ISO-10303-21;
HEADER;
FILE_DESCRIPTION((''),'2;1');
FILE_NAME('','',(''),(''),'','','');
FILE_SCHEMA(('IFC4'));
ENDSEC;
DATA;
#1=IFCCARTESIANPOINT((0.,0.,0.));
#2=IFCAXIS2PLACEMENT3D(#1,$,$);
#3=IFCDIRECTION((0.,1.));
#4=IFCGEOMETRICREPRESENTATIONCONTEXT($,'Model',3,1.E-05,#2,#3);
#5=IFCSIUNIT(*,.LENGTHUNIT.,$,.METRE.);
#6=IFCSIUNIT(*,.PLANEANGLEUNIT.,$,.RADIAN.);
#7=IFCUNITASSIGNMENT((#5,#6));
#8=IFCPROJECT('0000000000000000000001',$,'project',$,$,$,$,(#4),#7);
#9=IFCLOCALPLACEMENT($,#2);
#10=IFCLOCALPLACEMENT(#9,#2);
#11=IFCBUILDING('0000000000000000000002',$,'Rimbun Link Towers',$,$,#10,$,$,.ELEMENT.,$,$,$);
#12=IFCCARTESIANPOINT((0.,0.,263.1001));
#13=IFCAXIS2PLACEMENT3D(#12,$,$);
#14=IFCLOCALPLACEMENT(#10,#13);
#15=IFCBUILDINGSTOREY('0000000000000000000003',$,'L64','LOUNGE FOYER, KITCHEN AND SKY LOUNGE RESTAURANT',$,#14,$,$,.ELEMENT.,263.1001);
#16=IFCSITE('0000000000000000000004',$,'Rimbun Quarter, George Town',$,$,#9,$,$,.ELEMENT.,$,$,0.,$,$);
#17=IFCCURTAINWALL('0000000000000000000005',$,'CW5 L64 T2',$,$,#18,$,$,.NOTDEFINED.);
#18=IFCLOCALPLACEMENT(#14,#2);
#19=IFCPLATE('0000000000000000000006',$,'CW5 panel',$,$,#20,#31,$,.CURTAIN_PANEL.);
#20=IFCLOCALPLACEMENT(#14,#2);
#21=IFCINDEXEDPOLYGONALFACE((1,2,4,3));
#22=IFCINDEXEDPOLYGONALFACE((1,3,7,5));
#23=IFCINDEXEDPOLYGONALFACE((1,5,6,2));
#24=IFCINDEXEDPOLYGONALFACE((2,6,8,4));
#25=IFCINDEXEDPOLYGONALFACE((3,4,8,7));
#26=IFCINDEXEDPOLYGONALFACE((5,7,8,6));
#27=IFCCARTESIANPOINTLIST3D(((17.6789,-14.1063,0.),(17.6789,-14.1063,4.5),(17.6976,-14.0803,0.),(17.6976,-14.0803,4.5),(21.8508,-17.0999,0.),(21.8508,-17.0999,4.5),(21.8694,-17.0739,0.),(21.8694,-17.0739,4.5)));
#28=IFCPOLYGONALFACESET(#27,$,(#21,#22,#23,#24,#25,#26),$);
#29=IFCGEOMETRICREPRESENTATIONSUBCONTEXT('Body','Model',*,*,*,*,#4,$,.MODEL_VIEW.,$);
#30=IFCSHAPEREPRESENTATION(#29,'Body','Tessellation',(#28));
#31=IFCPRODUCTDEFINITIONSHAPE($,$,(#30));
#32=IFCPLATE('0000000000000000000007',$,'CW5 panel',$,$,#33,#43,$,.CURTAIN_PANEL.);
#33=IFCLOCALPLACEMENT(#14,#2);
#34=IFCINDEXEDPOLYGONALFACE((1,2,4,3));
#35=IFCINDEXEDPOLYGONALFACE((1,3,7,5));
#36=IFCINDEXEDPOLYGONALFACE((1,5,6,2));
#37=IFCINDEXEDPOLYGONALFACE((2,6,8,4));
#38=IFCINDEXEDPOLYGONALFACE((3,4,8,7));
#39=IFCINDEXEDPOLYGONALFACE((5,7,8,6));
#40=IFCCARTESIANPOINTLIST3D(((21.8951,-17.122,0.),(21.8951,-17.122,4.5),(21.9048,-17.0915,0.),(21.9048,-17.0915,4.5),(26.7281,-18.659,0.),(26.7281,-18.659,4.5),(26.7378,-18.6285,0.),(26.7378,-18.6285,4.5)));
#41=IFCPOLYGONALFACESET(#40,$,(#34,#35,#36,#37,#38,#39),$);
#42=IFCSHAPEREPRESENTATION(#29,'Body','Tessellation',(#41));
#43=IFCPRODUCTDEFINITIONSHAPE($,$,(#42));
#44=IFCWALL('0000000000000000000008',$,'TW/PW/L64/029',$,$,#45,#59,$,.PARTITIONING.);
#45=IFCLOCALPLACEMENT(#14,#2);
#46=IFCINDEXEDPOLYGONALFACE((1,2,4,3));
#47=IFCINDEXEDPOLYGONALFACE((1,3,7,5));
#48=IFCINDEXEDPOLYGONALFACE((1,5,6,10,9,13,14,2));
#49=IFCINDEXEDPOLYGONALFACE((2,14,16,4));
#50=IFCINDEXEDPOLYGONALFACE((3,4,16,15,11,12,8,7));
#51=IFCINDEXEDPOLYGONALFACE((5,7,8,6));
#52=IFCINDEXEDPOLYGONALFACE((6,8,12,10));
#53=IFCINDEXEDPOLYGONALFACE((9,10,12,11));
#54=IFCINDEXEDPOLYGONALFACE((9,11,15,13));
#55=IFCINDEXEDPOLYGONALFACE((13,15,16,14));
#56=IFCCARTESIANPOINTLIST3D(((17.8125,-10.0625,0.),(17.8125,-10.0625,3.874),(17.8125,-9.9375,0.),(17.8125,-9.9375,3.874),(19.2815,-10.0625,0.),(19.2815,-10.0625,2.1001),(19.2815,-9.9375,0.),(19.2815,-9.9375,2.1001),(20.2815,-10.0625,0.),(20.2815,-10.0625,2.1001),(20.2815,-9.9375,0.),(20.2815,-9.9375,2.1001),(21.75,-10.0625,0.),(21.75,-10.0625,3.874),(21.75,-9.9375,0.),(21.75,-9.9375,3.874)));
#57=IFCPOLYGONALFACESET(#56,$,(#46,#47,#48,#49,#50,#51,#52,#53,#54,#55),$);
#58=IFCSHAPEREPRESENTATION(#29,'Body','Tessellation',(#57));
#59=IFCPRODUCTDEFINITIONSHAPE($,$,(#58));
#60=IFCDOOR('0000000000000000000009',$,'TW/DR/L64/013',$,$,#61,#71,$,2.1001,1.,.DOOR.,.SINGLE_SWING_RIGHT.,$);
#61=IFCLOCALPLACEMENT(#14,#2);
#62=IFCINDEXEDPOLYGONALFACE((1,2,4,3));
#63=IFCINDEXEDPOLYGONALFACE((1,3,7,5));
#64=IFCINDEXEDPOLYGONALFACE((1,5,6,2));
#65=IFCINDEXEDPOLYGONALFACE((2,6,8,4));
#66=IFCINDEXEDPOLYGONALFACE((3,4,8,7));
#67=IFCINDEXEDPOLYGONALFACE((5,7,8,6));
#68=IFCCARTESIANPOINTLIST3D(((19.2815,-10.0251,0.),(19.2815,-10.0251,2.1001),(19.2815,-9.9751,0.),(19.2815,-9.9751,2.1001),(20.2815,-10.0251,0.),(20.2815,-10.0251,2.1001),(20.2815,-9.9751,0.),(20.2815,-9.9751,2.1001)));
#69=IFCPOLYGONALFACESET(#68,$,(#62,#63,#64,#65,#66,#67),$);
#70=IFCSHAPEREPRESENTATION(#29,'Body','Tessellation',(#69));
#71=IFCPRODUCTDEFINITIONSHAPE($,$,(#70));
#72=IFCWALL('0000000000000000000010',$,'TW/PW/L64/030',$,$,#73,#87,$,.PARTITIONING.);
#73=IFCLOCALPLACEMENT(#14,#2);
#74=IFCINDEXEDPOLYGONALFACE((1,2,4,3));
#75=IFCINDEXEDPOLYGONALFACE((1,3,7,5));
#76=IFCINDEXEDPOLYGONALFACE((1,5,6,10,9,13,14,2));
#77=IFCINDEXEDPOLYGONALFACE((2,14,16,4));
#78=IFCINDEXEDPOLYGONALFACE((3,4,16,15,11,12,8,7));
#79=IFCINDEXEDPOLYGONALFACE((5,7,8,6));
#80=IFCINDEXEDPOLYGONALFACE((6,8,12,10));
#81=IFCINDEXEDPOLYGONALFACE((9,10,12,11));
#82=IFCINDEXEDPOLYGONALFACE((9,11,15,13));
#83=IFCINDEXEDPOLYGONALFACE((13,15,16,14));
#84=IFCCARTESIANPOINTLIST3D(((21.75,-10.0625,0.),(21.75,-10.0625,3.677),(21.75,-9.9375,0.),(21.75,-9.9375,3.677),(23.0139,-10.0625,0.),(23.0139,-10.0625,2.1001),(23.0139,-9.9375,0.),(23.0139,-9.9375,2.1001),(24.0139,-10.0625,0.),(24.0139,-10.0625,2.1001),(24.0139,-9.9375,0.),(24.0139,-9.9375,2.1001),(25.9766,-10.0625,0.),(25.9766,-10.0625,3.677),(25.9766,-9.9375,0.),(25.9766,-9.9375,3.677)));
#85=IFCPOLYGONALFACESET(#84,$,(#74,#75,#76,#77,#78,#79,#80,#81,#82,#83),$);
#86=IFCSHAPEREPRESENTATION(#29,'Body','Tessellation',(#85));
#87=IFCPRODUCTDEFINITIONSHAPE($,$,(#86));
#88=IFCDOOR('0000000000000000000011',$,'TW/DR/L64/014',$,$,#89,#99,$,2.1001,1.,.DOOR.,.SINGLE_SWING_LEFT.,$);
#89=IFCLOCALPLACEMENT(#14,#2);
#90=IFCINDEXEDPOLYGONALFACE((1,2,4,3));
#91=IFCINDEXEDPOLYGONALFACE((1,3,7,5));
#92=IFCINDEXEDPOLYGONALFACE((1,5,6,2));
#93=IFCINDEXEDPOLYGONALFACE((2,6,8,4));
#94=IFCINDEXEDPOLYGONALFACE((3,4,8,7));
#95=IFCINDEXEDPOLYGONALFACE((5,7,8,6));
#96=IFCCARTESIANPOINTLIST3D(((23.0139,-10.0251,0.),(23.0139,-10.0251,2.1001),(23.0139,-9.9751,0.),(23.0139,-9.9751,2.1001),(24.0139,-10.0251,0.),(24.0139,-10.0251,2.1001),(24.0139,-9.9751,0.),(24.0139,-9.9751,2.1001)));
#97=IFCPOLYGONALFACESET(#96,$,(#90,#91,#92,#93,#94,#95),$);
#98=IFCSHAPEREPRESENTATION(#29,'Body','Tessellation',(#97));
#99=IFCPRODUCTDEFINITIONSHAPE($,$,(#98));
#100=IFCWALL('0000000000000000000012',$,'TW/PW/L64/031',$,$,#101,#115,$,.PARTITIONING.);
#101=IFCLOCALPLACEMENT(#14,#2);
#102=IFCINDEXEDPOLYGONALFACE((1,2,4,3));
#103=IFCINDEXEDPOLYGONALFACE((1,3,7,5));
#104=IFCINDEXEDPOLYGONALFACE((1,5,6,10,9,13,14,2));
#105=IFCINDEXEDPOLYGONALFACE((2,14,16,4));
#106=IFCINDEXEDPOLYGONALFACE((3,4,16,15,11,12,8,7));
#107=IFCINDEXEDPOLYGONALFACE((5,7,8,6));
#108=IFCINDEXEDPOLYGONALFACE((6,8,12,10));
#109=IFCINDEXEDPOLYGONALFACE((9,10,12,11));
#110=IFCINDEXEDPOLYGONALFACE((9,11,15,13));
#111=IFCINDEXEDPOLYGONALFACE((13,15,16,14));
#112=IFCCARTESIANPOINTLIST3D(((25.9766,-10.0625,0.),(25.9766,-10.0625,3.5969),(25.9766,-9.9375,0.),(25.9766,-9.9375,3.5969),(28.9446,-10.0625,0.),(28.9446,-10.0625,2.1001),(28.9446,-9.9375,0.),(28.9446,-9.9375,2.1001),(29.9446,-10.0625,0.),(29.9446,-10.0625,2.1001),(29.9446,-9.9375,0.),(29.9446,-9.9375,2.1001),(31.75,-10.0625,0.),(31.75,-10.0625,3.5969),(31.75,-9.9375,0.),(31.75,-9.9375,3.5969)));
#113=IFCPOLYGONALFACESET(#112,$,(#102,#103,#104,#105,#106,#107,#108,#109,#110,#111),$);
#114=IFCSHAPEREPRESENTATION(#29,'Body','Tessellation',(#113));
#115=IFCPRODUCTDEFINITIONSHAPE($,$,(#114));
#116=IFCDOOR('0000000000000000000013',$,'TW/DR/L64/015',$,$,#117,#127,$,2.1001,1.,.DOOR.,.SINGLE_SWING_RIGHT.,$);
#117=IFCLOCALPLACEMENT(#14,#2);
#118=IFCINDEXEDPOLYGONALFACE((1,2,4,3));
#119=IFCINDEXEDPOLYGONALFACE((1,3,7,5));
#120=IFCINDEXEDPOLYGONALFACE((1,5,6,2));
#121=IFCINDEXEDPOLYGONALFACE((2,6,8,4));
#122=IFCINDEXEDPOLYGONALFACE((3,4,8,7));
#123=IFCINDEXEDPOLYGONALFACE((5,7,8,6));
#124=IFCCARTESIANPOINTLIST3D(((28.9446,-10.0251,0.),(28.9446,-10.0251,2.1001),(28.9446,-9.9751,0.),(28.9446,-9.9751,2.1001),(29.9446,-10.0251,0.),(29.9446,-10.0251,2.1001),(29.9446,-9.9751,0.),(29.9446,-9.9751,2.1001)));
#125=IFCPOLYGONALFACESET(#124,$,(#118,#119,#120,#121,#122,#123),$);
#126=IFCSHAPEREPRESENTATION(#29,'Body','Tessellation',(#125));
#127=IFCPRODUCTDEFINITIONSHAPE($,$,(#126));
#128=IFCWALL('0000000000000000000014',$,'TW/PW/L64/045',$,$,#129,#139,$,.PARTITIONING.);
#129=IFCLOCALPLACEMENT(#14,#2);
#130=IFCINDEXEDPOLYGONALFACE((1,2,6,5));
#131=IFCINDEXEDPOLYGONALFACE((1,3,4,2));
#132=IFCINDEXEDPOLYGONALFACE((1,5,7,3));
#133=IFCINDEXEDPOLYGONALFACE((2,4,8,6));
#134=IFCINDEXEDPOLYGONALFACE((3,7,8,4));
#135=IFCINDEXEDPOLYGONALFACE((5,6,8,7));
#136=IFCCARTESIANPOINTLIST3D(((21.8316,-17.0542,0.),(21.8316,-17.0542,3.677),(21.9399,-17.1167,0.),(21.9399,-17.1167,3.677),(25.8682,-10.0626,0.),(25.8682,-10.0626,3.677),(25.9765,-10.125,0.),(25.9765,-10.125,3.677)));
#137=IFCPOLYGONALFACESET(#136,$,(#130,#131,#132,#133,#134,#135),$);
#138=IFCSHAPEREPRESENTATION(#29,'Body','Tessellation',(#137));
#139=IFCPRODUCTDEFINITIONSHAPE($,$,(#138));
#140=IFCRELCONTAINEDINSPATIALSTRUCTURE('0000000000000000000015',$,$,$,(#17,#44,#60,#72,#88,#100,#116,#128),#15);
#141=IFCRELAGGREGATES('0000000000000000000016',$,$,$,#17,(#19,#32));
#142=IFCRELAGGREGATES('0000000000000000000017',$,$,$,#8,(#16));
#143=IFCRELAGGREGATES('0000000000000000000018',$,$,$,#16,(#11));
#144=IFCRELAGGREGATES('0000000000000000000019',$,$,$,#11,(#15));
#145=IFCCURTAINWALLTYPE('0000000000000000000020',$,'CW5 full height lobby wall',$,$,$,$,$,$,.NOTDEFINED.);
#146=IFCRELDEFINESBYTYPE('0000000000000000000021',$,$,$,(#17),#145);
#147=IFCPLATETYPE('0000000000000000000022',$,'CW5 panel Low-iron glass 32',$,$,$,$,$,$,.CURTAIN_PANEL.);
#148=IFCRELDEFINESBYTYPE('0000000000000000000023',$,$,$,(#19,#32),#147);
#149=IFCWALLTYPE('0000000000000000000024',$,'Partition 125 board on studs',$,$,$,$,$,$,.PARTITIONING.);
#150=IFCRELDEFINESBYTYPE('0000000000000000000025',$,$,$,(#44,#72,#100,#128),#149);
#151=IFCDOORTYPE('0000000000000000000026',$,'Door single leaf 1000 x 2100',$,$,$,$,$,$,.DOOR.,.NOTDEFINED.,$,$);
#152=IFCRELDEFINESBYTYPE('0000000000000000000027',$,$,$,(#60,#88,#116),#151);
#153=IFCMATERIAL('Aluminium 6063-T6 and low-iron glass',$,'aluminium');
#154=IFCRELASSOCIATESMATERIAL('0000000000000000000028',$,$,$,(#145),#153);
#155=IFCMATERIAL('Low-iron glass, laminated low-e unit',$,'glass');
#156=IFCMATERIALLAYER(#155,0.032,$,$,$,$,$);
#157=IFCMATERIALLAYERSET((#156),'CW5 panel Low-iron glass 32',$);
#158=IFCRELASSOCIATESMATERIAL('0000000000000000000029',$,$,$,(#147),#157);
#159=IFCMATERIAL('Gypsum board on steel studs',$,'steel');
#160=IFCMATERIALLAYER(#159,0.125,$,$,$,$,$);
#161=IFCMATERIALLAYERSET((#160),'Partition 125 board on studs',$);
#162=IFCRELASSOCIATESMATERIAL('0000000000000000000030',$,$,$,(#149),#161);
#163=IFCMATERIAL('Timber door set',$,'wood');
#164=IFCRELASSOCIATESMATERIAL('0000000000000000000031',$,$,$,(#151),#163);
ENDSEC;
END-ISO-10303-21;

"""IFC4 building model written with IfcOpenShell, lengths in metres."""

from ifc_helpers import new_model, si_unit, direction, frame, frame_2d, origin, origin_2d, place, context, subcontext, project, spatial, rectangle, extrude, material, layer, layer_set, type_object, element, fill, aggregate, save


model = new_model("IFC4")

# Units and contexts
model_context = context("Model", 3, precision=1e-05, world=origin(), true_north=direction((0.0, 1.0)))
body_context = subcontext(model_context, "Body", "Model", "MODEL_VIEW")
ifc_project = project(units=[si_unit("LENGTHUNIT", "METRE"), si_unit("PLANEANGLEUNIT", "RADIAN")], contexts=[model_context])

# Site, building, storey
site_placement = place(None, origin())
site = spatial("IfcSite", under=ifc_project, at=site_placement, Name="Rimbun Quarter, George Town", CompositionType="ELEMENT", RefElevation=0.0)
building_placement = place(site_placement, origin())
building = spatial("IfcBuilding", under=site, at=building_placement, Name="Rimbun Link Towers", CompositionType="ELEMENT")
storey_placement = place(building_placement, frame((0.0, 0.0, 263.1001)))
storey = spatial("IfcBuildingStorey", under=building, at=storey_placement, Name="L64", Description="LOUNGE FOYER, KITCHEN AND SKY LOUNGE RESTAURANT", CompositionType="ELEMENT", Elevation=263.1001)

# Curtain wall
ifc_material_1 = material(Name="Aluminium 6063-T6 and low-iron glass", Category="aluminium")
curtain_wall_type = type_object("IfcCurtainWallType", Name="CW5 full height lobby wall", PredefinedType="NOTDEFINED", material=ifc_material_1)
curtain_wall_placement = place(storey_placement, origin())
curtain_wall = element("IfcCurtainWall", 1, at=curtain_wall_placement, inside=storey, type_object=curtain_wall_type, Name="CW5 L64 T2", PredefinedType="NOTDEFINED")

# Plates
ifc_material_2 = material(Name="Low-iron glass, laminated low-e unit", Category="glass")
ifc_layer_1 = layer(ifc_material_2, 0.032)
ifc_layer_set_1 = layer_set([ifc_layer_1], Name="CW5 panel Low-iron glass 32")
plate_type = type_object("IfcPlateType", Name="CW5 panel Low-iron glass 32", PredefinedType="CURTAIN_PANEL", material=ifc_layer_set_1)
plate_1_placement = place(storey_placement, frame((19.7742, -15.5901, 0.0), z_axis=(0.0, 0.0, 1.0), x_axis=(-0.812468, 0.583006, 0.0)))
plate_1 = element("IfcPlate", 2, at=plate_1_placement, type_object=plate_type, Name="CW5 panel", PredefinedType="CURTAIN_PANEL", context=body_context, shape_type="SweptSolid", body=[
    extrude(rectangle(XDim=5.1348, YDim=0.032, at=origin_2d()), origin(), (0.0, 0.0, 1.0), 4.5),
])
plate_2_placement = place(storey_placement, frame((24.3164, -17.8752, 0.0), z_axis=(0.0, 0.0, 1.0), x_axis=(-0.952967, 0.303074, 0.0)))
plate_2 = element("IfcPlate", 3, at=plate_2_placement, type_object=plate_type, Name="CW5 panel", PredefinedType="CURTAIN_PANEL", context=body_context, shape_type="SweptSolid", body=[
    extrude(rectangle(XDim=5.0715, YDim=0.032, at=origin_2d()), origin(), (0.0, 0.0, 1.0), 4.5),
])
aggregate(curtain_wall, [plate_1, plate_2])

# Walls, openings, doors
ifc_material_3 = material(Name="Gypsum board on steel studs", Category="steel")
ifc_layer_2 = layer(ifc_material_3, 0.125)
ifc_layer_set_2 = layer_set([ifc_layer_2], Name="Partition 125 board on studs")
wall_type = type_object("IfcWallType", Name="Partition 125 board on studs", PredefinedType="PARTITIONING", material=ifc_layer_set_2)
wall_1_placement = place(storey_placement, frame((17.8125, -10.0, 0.0), z_axis=(0.0, 0.0, 1.0), x_axis=(1.0, 0.0, 0.0)))
wall_1 = element("IfcWall", 4, at=wall_1_placement, inside=storey, type_object=wall_type, Name="TW/PW/L64/029", PredefinedType="PARTITIONING", context=body_context, shape_type="SweptSolid", body=[
    extrude(rectangle(XDim=3.9375, YDim=0.125, at=frame_2d((1.9688, 0.0))), origin(), (0.0, 0.0, 1.0), 3.874),
])
opening_1_placement = place(wall_1_placement, frame((1.469, 0.0, 0.0)))
opening_1 = element("IfcOpeningElement", 5, at=opening_1_placement, cuts=wall_1, PredefinedType="OPENING", context=body_context, shape_type="SweptSolid", body=[
    extrude(rectangle(XDim=1.0, YDim=2.1001, at=frame_2d((0.5, 1.05))), frame((0.0, 0.0725, 0.0), z_axis=(0.0, -1.0, 0.0), x_axis=(1.0, 0.0, 0.0)), (0.0, 0.0, 1.0), 0.145),
])
ifc_material_4 = material(Name="Timber door set", Category="wood")
door_type = type_object("IfcDoorType", Name="Door single leaf 1000 x 2100", OperationType="NOTDEFINED", PredefinedType="DOOR", material=ifc_material_4)
door_1_placement = place(opening_1_placement, origin())
door_1 = element("IfcDoor", 6, at=door_1_placement, inside=storey, type_object=door_type, Name="TW/DR/L64/013", OperationType="SINGLE_SWING_RIGHT", OverallHeight=2.1001, OverallWidth=1.0, PredefinedType="DOOR", context=body_context, shape_type="SweptSolid", body=[
    extrude(rectangle(XDim=1.0, YDim=2.1001, at=frame_2d((0.5, 1.05))), frame((0.0, 0.0249, 0.0), z_axis=(0.0, -1.0, 0.0), x_axis=(1.0, 0.0, 0.0)), (0.0, 0.0, 1.0), 0.05),
])
fill(opening_1, door_1)
wall_2_placement = place(storey_placement, frame((21.75, -10.0, 0.0), z_axis=(0.0, 0.0, 1.0), x_axis=(1.0, 0.0, 0.0)))
wall_2 = element("IfcWall", 7, at=wall_2_placement, inside=storey, type_object=wall_type, Name="TW/PW/L64/030", PredefinedType="PARTITIONING", context=body_context, shape_type="SweptSolid", body=[
    extrude(rectangle(XDim=4.2266, YDim=0.125, at=frame_2d((2.1133, 0.0))), origin(), (0.0, 0.0, 1.0), 3.677),
])
opening_2_placement = place(wall_2_placement, frame((1.2639, 0.0, 0.0)))
opening_2 = element("IfcOpeningElement", 8, at=opening_2_placement, cuts=wall_2, PredefinedType="OPENING", context=body_context, shape_type="SweptSolid", body=[
    extrude(rectangle(XDim=1.0, YDim=2.1001, at=frame_2d((0.5, 1.05))), frame((0.0, 0.0725, 0.0), z_axis=(0.0, -1.0, 0.0), x_axis=(1.0, 0.0, 0.0)), (0.0, 0.0, 1.0), 0.145),
])
door_2_placement = place(opening_2_placement, origin())
door_2 = element("IfcDoor", 9, at=door_2_placement, inside=storey, type_object=door_type, Name="TW/DR/L64/014", OperationType="SINGLE_SWING_LEFT", OverallHeight=2.1001, OverallWidth=1.0, PredefinedType="DOOR", context=body_context, shape_type="SweptSolid", body=[
    extrude(rectangle(XDim=1.0, YDim=2.1001, at=frame_2d((0.5, 1.05))), frame((0.0, 0.0249, 0.0), z_axis=(0.0, -1.0, 0.0), x_axis=(1.0, 0.0, 0.0)), (0.0, 0.0, 1.0), 0.05),
])
fill(opening_2, door_2)
wall_3_placement = place(storey_placement, frame((25.9766, -10.0, 0.0), z_axis=(0.0, 0.0, 1.0), x_axis=(1.0, 0.0, 0.0)))
wall_3 = element("IfcWall", 10, at=wall_3_placement, inside=storey, type_object=wall_type, Name="TW/PW/L64/031", PredefinedType="PARTITIONING", context=body_context, shape_type="SweptSolid", body=[
    extrude(rectangle(XDim=5.7734, YDim=0.125, at=frame_2d((2.8867, 0.0))), origin(), (0.0, 0.0, 1.0), 3.5969),
])
opening_3_placement = place(wall_3_placement, frame((2.968, 0.0, 0.0)))
opening_3 = element("IfcOpeningElement", 11, at=opening_3_placement, cuts=wall_3, PredefinedType="OPENING", context=body_context, shape_type="SweptSolid", body=[
    extrude(rectangle(XDim=1.0, YDim=2.1001, at=frame_2d((0.5, 1.05))), frame((0.0, 0.0725, 0.0), z_axis=(0.0, -1.0, 0.0), x_axis=(1.0, 0.0, 0.0)), (0.0, 0.0, 1.0), 0.145),
])
door_3_placement = place(opening_3_placement, origin())
door_3 = element("IfcDoor", 12, at=door_3_placement, inside=storey, type_object=door_type, Name="TW/DR/L64/015", OperationType="SINGLE_SWING_RIGHT", OverallHeight=2.1001, OverallWidth=1.0, PredefinedType="DOOR", context=body_context, shape_type="SweptSolid", body=[
    extrude(rectangle(XDim=1.0, YDim=2.1001, at=frame_2d((0.5, 1.05))), frame((0.0, 0.0249, 0.0), z_axis=(0.0, -1.0, 0.0), x_axis=(1.0, 0.0, 0.0)), (0.0, 0.0, 1.0), 0.05),
])
fill(opening_3, door_3)

# Wall
wall_4_placement = place(storey_placement, frame((21.8857, -17.0854, 0.0), z_axis=(0.0, 0.0, 1.0), x_axis=(0.499996, 0.866027, 0.0)))
element("IfcWall", 13, at=wall_4_placement, inside=storey, type_object=wall_type, Name="TW/PW/L64/045", PredefinedType="PARTITIONING", context=body_context, shape_type="SweptSolid", body=[
    extrude(rectangle(XDim=8.0732, YDim=0.125, at=frame_2d((4.0366, 0.0))), origin(), (0.0, 0.0, 1.0), 3.677),
])

save(model, "model.ifc")
